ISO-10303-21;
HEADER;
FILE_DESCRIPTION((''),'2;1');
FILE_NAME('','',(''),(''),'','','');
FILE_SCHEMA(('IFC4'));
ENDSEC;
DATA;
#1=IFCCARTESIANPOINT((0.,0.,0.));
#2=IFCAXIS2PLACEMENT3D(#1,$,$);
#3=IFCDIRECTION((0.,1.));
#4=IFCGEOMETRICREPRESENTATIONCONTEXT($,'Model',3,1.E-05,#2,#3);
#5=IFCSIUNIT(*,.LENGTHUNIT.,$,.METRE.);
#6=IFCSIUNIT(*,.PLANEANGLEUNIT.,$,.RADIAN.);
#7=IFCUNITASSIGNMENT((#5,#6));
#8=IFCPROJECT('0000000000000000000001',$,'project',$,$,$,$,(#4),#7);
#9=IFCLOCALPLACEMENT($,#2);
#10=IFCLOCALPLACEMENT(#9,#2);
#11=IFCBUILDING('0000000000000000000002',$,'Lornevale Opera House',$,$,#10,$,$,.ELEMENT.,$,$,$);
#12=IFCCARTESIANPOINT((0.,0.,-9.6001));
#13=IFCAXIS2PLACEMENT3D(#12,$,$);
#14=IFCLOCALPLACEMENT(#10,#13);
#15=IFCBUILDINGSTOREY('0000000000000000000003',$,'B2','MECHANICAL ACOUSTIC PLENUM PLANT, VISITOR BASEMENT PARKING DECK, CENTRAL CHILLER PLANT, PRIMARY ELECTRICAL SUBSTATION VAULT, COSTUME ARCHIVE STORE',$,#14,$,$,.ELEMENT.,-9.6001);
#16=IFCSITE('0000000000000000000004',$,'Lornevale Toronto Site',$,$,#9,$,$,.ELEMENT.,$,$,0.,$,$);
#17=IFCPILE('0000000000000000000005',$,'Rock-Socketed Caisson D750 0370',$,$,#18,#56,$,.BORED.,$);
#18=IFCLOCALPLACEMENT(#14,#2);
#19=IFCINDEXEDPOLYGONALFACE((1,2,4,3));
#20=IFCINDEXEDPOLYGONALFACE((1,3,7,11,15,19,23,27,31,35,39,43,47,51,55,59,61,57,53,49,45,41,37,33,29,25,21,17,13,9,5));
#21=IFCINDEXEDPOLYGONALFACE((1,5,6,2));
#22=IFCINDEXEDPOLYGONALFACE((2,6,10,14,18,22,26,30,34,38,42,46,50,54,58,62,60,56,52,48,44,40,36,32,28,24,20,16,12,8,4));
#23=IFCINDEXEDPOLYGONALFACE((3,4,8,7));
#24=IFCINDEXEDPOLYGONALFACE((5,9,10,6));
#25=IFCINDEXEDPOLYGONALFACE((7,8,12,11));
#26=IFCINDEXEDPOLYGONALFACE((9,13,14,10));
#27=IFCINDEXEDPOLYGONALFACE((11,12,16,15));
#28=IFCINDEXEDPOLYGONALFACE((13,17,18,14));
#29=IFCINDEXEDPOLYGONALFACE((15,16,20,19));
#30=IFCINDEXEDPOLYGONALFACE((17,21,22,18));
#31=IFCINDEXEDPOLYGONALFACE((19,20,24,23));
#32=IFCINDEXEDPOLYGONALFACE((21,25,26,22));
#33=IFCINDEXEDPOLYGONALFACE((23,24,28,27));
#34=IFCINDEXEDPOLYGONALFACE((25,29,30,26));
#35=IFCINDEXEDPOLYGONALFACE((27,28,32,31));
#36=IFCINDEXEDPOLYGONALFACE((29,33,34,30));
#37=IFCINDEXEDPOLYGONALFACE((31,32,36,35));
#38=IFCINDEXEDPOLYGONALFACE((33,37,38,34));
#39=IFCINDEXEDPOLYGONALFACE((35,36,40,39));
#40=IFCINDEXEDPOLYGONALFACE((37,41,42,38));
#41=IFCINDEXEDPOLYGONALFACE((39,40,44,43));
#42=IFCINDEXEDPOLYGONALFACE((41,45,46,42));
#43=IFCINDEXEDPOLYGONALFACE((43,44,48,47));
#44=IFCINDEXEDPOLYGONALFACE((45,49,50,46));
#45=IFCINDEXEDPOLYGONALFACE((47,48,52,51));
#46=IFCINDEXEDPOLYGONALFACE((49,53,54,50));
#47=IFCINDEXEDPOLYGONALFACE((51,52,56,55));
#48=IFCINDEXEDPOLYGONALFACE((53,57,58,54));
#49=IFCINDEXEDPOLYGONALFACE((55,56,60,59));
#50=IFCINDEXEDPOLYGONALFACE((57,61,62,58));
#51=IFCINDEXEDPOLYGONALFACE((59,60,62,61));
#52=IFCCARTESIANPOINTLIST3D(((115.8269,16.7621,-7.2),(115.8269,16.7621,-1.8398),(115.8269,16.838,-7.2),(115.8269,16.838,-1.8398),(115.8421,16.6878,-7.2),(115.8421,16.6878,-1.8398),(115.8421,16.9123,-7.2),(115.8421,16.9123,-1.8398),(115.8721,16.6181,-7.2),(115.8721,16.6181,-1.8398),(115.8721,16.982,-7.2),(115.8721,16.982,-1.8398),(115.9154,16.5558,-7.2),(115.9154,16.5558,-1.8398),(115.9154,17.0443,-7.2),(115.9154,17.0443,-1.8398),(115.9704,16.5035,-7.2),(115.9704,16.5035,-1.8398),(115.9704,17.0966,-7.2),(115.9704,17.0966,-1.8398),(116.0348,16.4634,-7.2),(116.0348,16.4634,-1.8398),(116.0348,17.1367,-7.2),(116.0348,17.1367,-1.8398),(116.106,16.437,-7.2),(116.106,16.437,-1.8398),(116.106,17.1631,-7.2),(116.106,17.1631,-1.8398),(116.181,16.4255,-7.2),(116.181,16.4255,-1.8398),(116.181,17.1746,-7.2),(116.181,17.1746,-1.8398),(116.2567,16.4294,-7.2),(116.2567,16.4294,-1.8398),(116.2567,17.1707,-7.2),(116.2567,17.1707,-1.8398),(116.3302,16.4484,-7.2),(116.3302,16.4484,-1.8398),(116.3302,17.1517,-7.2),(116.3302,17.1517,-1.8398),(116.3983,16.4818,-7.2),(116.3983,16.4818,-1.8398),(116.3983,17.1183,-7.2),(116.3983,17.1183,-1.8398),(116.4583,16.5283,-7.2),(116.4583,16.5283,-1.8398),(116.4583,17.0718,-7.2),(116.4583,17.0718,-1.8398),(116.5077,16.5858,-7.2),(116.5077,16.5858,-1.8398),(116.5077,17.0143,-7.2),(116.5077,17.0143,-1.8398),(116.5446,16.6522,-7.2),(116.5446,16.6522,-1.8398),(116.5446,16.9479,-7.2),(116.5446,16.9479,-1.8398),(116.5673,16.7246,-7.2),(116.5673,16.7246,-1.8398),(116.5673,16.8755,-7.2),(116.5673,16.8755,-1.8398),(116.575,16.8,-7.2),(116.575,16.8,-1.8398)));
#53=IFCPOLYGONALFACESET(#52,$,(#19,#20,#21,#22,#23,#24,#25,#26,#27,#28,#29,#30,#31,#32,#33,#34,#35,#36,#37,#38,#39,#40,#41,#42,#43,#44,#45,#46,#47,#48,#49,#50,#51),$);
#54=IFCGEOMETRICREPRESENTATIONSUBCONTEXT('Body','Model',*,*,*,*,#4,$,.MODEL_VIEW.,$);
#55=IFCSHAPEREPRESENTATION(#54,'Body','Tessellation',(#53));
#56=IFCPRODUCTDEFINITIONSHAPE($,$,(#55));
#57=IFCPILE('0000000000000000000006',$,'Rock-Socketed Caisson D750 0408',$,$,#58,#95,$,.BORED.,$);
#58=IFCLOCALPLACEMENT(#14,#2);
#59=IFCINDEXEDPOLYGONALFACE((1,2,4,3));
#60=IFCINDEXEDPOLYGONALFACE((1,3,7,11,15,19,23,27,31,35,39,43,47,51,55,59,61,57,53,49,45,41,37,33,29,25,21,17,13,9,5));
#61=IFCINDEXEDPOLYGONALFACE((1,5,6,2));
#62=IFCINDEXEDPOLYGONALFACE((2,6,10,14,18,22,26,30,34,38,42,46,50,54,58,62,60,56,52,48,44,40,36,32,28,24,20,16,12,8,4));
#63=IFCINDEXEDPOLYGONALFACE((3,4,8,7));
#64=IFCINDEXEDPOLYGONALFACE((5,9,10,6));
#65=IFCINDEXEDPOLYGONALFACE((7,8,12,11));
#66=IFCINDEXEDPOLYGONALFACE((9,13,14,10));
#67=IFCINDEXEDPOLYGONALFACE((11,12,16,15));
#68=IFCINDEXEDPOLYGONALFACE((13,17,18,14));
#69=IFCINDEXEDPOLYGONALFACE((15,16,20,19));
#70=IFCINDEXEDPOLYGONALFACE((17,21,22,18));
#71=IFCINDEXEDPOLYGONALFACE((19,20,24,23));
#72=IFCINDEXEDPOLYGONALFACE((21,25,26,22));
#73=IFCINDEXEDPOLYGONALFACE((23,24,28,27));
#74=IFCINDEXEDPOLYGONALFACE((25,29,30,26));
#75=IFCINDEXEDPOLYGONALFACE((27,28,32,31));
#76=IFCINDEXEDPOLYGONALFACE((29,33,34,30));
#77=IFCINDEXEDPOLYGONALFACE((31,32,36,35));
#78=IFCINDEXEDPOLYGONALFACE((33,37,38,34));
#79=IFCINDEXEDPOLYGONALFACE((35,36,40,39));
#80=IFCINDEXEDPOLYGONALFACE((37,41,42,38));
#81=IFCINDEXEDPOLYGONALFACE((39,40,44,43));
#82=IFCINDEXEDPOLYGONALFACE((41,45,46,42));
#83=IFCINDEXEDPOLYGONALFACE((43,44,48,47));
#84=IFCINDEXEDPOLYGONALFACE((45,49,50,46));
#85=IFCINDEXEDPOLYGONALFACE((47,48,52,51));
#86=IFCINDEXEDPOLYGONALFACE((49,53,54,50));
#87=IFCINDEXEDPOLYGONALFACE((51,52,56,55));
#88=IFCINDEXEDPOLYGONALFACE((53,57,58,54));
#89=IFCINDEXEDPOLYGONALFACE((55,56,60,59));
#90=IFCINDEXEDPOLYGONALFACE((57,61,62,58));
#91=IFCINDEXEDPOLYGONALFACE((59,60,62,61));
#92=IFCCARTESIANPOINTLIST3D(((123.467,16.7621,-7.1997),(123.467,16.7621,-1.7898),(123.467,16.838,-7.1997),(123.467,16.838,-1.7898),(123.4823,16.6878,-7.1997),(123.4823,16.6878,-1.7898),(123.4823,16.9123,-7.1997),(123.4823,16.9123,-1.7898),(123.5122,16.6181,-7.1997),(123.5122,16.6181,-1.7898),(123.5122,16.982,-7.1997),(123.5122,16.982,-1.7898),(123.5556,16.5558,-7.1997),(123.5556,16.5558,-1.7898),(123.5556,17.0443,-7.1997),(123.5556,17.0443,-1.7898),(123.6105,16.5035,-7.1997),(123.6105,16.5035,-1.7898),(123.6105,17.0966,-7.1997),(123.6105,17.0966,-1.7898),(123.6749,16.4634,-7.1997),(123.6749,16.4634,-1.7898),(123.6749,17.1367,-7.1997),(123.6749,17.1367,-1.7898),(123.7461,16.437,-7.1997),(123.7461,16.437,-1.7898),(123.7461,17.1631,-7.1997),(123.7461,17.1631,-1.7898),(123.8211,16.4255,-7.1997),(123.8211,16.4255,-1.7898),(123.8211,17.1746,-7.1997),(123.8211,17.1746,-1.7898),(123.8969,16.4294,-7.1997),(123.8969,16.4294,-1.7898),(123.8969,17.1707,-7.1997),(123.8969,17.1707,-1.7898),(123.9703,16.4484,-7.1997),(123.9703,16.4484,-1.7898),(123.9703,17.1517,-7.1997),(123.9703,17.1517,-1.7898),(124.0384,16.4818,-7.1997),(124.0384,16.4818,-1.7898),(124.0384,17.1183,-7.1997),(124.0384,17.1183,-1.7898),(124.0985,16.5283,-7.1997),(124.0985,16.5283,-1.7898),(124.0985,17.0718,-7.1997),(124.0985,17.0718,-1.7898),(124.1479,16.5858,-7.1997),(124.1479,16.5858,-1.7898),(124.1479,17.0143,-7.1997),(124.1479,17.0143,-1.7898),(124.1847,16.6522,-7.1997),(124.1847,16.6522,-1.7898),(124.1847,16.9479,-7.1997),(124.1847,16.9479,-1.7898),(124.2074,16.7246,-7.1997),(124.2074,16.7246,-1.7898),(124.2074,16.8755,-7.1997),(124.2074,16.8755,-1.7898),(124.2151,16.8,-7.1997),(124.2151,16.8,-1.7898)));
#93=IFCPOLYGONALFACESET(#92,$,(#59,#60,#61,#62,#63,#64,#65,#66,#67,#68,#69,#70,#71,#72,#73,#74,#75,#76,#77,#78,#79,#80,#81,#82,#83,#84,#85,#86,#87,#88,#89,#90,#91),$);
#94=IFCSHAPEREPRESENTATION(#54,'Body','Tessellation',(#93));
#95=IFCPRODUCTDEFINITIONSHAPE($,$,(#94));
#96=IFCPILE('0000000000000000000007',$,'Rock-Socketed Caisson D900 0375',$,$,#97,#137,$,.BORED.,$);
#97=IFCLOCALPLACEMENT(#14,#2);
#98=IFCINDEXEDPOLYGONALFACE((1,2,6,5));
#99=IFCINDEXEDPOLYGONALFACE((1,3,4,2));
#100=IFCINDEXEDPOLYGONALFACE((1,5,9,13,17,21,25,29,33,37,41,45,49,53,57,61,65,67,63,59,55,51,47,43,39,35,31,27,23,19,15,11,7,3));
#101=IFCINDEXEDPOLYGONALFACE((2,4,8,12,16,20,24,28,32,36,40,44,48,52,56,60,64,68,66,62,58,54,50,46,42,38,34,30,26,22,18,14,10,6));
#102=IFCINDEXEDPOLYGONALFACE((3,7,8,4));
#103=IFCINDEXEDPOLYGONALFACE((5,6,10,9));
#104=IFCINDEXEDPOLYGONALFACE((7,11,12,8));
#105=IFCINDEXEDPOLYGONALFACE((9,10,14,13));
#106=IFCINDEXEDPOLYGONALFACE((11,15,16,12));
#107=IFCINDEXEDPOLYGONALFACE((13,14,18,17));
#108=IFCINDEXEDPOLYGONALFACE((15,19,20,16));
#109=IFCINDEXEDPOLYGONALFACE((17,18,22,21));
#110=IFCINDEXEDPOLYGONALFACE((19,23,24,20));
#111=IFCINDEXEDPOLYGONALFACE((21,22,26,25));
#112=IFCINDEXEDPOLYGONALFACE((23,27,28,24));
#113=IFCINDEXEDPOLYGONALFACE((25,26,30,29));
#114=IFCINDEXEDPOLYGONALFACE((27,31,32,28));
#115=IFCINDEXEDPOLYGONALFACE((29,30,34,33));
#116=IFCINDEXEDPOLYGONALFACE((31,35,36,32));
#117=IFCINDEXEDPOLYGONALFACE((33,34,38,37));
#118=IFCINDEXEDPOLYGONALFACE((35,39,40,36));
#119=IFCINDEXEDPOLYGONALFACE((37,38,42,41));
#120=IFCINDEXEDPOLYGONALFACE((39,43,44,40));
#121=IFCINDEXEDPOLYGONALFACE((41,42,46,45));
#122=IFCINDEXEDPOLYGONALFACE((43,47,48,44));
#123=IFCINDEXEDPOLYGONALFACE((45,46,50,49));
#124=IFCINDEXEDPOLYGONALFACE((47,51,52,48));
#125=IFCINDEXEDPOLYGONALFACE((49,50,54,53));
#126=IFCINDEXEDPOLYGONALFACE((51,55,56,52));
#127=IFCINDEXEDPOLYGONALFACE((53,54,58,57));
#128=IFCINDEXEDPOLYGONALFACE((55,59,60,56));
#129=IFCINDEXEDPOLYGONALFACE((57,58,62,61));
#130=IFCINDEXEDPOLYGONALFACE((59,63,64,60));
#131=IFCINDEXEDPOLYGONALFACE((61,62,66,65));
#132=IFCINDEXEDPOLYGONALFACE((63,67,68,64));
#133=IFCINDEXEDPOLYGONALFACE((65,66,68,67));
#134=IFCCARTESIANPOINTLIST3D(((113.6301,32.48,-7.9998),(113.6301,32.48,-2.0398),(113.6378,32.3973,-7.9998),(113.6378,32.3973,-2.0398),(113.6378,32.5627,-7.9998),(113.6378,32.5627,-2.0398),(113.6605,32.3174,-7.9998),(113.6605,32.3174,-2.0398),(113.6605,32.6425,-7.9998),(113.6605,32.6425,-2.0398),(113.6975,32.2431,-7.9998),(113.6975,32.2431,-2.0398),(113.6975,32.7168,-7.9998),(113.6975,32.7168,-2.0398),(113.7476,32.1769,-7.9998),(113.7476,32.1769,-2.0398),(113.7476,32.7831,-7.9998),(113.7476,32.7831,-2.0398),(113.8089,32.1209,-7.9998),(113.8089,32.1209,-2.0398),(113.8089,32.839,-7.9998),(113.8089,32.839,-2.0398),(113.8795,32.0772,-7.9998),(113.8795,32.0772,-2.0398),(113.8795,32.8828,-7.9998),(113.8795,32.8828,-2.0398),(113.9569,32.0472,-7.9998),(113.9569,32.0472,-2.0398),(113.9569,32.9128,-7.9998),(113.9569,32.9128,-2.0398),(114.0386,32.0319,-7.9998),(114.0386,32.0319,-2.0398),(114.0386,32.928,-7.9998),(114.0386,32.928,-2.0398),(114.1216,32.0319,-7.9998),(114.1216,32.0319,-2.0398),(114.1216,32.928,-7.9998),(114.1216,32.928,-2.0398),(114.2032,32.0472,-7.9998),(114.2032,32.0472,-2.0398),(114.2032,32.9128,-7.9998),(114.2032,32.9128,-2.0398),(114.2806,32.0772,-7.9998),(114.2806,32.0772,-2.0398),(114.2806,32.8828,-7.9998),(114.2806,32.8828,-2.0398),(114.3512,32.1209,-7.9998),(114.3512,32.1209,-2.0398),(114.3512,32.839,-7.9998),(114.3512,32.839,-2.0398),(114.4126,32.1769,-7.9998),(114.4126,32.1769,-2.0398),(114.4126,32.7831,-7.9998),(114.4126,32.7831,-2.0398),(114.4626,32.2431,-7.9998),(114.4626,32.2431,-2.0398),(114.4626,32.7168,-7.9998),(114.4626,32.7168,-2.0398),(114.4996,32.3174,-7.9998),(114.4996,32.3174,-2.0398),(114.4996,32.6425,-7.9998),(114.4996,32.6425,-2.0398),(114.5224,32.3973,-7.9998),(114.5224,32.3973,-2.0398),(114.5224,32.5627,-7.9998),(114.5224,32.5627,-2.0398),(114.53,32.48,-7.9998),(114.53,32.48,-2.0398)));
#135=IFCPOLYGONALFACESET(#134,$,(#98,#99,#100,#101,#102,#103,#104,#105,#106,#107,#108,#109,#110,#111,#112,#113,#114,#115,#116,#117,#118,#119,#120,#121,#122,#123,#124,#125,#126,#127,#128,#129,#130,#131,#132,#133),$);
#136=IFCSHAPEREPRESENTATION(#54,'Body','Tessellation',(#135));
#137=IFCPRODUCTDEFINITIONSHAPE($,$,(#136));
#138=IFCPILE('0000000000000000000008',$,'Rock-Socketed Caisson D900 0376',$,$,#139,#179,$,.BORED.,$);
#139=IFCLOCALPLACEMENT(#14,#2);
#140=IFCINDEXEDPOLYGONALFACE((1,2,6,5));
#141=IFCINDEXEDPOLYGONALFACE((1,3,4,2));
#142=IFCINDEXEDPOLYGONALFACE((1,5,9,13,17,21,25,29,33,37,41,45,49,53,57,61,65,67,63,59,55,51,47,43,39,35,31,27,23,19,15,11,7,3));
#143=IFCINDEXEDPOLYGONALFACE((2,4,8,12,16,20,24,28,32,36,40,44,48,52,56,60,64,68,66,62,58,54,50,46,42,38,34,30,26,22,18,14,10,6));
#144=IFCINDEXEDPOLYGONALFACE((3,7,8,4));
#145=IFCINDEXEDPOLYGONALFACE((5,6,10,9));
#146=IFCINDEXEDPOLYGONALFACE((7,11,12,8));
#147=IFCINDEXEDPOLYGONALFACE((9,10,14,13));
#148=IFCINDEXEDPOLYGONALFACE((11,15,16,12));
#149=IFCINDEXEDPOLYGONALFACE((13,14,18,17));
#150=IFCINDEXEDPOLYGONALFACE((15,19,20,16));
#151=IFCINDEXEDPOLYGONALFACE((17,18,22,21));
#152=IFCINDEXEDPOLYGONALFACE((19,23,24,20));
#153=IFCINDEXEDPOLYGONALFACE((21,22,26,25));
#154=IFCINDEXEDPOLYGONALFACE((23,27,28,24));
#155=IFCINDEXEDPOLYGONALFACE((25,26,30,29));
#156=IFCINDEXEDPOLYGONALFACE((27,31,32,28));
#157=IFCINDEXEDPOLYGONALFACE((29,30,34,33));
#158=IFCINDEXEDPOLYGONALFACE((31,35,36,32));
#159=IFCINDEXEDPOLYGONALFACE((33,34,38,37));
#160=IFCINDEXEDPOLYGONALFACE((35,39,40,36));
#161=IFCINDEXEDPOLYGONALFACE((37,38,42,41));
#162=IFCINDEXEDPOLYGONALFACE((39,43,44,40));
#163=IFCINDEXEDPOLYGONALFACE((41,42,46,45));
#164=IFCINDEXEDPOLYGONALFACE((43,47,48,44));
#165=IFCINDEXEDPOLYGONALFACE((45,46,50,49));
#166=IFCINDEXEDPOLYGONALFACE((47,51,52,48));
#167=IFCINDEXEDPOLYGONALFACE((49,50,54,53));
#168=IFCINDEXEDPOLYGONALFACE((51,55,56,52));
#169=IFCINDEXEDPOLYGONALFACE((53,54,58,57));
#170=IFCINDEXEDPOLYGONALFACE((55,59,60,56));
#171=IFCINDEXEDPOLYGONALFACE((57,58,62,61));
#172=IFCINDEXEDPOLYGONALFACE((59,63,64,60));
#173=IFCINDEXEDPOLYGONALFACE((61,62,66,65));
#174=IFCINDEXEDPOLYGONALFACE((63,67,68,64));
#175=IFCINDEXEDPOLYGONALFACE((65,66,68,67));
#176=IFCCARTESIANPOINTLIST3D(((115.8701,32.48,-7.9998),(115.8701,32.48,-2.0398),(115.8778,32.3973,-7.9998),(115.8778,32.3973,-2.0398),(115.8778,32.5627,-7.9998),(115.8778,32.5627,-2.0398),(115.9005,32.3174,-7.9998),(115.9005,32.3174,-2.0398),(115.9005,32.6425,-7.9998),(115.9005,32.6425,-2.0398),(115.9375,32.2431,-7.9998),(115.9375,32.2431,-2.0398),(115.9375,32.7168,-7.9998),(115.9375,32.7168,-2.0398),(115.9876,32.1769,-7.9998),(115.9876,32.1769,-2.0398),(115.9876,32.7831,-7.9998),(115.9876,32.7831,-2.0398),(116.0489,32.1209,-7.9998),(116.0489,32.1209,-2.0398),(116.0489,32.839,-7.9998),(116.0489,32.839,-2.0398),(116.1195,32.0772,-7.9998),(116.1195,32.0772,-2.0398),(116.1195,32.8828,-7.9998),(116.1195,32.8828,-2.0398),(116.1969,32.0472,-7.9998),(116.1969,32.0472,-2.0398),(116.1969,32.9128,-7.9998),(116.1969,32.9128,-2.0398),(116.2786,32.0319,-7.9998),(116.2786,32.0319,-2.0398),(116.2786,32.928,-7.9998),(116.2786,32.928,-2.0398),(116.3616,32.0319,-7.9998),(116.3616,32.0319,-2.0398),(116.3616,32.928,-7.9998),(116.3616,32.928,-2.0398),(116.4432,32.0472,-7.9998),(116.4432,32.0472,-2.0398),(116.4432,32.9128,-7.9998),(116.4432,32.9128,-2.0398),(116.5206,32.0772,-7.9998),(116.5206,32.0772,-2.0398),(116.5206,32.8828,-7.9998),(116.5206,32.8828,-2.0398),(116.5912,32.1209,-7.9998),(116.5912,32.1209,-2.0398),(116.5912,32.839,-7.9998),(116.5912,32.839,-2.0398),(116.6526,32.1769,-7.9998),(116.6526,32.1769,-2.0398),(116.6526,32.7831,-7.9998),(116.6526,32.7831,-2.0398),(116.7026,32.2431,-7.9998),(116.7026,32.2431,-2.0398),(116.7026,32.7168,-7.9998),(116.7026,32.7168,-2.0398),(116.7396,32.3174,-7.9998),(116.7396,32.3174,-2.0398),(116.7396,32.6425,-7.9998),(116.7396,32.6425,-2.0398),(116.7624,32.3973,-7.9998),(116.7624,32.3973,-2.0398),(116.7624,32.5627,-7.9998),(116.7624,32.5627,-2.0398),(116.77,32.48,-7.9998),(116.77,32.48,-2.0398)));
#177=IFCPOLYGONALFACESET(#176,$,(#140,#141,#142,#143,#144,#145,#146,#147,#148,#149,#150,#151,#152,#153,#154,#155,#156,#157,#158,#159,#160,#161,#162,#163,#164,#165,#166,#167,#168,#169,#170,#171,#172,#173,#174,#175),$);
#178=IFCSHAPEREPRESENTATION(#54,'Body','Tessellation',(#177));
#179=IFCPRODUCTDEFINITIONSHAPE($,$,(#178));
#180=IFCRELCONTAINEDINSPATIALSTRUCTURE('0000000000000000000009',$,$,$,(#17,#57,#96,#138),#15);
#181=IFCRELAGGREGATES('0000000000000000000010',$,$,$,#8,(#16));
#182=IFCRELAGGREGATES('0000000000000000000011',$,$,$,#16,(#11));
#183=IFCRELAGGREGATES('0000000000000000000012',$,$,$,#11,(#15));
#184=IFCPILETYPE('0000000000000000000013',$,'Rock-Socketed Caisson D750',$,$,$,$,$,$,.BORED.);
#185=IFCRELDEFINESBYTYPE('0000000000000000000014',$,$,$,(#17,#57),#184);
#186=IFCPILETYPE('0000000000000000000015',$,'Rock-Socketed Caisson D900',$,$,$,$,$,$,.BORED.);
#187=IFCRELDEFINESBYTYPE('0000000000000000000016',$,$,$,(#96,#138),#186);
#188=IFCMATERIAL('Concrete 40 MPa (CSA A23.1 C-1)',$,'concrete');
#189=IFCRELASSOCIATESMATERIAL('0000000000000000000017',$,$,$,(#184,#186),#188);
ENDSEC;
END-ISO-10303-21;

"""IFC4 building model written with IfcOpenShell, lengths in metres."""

from ifc_helpers import new_model, si_unit, direction, frame, origin, origin_2d, place, context, subcontext, project, spatial, circle, extrude, material, material_profile, profile_set, type_object, element, save


model = new_model("IFC4")

# Units and contexts
model_context = context("Model", 3, precision=1e-05, world=origin(), true_north=direction((0.0, 1.0)))
body_context = subcontext(model_context, "Body", "Model", "MODEL_VIEW")
ifc_project = project(units=[si_unit("LENGTHUNIT", "METRE"), si_unit("PLANEANGLEUNIT", "RADIAN")], contexts=[model_context])

# Site, building, storey
site_placement = place(None, origin())
site = spatial("IfcSite", under=ifc_project, at=site_placement, Name="Lornevale Toronto Site", CompositionType="ELEMENT", RefElevation=0.0)
building_placement = place(site_placement, origin())
building = spatial("IfcBuilding", under=site, at=building_placement, Name="Lornevale Opera House", CompositionType="ELEMENT")
storey_placement = place(building_placement, frame((0.0, 0.0, -9.6001)))
storey = spatial("IfcBuildingStorey", under=building, at=storey_placement, Name="B2", Description="MECHANICAL ACOUSTIC PLENUM PLANT, VISITOR BASEMENT PARKING DECK, CENTRAL CHILLER PLANT, PRIMARY ELECTRICAL SUBSTATION VAULT, COSTUME ARCHIVE STORE", CompositionType="ELEMENT", Elevation=-9.6001)

# Piles
ifc_material_1 = material(Name="Concrete 40 MPa (CSA A23.1 C-1)", Category="concrete")
ifc_material_profile_1 = material_profile(ifc_material_1, circle(Radius=0.375, at=origin_2d()), Name="CAIS750")
ifc_profile_set_1 = profile_set([ifc_material_profile_1], Name="Concrete 40 MPa (CSA A23.1 C-1)")
pile_type_1 = type_object("IfcPileType", Name="Rock-Socketed Caisson D750", PredefinedType="BORED", material=ifc_profile_set_1)
pile_1_placement = place(storey_placement, frame((116.2, 16.8, -1.8398), z_axis=(0.0, 0.0, -1.0), x_axis=(1.0, 0.0, 0.0)))
element("IfcPile", 1, at=pile_1_placement, inside=storey, type_object=pile_type_1, Name="Rock-Socketed Caisson D750 0370", PredefinedType="BORED", context=body_context, shape_type="SweptSolid", body=[
    extrude(circle(Radius=0.375, at=origin_2d()), origin(), (0.0, 0.0, 1.0), 5.3601),
])
pile_2_placement = place(storey_placement, frame((123.8401, 16.8, -1.7898), z_axis=(0.0, 0.0, -1.0), x_axis=(1.0, 0.0, 0.0)))
element("IfcPile", 2, at=pile_2_placement, inside=storey, type_object=pile_type_1, Name="Rock-Socketed Caisson D750 0408", PredefinedType="BORED", context=body_context, shape_type="SweptSolid", body=[
    extrude(circle(Radius=0.375, at=origin_2d()), origin(), (0.0, 0.0, 1.0), 5.4099),
])
ifc_material_profile_2 = material_profile(ifc_material_1, circle(Radius=0.45, at=origin_2d()), Name="CAIS900")
ifc_profile_set_2 = profile_set([ifc_material_profile_2], Name="Concrete 40 MPa (CSA A23.1 C-1)")
pile_type_2 = type_object("IfcPileType", Name="Rock-Socketed Caisson D900", PredefinedType="BORED", material=ifc_profile_set_2)
for number, where, z_axis, x_axis, name in (
    (3, (114.0801, 32.48, -2.0398), (0.0, 0.0, -1.0), (1.0, 0.0, 0.0), "Rock-Socketed Caisson D900 0375"),
    (4, (116.3201, 32.48, -2.0398), (0.0, 0.0, -1.0), (1.0, 0.0, 0.0), "Rock-Socketed Caisson D900 0376"),
):
    element("IfcPile", number, at=place(storey_placement, frame(where, z_axis=z_axis, x_axis=x_axis)), inside=storey, type_object=pile_type_2, Name=name, PredefinedType="BORED", context=body_context, shape_type="SweptSolid", body=[
        extrude(circle(Radius=0.45, at=origin_2d()), origin(), (0.0, 0.0, 1.0), 5.96),
    ])

save(model, "model.ifc")
